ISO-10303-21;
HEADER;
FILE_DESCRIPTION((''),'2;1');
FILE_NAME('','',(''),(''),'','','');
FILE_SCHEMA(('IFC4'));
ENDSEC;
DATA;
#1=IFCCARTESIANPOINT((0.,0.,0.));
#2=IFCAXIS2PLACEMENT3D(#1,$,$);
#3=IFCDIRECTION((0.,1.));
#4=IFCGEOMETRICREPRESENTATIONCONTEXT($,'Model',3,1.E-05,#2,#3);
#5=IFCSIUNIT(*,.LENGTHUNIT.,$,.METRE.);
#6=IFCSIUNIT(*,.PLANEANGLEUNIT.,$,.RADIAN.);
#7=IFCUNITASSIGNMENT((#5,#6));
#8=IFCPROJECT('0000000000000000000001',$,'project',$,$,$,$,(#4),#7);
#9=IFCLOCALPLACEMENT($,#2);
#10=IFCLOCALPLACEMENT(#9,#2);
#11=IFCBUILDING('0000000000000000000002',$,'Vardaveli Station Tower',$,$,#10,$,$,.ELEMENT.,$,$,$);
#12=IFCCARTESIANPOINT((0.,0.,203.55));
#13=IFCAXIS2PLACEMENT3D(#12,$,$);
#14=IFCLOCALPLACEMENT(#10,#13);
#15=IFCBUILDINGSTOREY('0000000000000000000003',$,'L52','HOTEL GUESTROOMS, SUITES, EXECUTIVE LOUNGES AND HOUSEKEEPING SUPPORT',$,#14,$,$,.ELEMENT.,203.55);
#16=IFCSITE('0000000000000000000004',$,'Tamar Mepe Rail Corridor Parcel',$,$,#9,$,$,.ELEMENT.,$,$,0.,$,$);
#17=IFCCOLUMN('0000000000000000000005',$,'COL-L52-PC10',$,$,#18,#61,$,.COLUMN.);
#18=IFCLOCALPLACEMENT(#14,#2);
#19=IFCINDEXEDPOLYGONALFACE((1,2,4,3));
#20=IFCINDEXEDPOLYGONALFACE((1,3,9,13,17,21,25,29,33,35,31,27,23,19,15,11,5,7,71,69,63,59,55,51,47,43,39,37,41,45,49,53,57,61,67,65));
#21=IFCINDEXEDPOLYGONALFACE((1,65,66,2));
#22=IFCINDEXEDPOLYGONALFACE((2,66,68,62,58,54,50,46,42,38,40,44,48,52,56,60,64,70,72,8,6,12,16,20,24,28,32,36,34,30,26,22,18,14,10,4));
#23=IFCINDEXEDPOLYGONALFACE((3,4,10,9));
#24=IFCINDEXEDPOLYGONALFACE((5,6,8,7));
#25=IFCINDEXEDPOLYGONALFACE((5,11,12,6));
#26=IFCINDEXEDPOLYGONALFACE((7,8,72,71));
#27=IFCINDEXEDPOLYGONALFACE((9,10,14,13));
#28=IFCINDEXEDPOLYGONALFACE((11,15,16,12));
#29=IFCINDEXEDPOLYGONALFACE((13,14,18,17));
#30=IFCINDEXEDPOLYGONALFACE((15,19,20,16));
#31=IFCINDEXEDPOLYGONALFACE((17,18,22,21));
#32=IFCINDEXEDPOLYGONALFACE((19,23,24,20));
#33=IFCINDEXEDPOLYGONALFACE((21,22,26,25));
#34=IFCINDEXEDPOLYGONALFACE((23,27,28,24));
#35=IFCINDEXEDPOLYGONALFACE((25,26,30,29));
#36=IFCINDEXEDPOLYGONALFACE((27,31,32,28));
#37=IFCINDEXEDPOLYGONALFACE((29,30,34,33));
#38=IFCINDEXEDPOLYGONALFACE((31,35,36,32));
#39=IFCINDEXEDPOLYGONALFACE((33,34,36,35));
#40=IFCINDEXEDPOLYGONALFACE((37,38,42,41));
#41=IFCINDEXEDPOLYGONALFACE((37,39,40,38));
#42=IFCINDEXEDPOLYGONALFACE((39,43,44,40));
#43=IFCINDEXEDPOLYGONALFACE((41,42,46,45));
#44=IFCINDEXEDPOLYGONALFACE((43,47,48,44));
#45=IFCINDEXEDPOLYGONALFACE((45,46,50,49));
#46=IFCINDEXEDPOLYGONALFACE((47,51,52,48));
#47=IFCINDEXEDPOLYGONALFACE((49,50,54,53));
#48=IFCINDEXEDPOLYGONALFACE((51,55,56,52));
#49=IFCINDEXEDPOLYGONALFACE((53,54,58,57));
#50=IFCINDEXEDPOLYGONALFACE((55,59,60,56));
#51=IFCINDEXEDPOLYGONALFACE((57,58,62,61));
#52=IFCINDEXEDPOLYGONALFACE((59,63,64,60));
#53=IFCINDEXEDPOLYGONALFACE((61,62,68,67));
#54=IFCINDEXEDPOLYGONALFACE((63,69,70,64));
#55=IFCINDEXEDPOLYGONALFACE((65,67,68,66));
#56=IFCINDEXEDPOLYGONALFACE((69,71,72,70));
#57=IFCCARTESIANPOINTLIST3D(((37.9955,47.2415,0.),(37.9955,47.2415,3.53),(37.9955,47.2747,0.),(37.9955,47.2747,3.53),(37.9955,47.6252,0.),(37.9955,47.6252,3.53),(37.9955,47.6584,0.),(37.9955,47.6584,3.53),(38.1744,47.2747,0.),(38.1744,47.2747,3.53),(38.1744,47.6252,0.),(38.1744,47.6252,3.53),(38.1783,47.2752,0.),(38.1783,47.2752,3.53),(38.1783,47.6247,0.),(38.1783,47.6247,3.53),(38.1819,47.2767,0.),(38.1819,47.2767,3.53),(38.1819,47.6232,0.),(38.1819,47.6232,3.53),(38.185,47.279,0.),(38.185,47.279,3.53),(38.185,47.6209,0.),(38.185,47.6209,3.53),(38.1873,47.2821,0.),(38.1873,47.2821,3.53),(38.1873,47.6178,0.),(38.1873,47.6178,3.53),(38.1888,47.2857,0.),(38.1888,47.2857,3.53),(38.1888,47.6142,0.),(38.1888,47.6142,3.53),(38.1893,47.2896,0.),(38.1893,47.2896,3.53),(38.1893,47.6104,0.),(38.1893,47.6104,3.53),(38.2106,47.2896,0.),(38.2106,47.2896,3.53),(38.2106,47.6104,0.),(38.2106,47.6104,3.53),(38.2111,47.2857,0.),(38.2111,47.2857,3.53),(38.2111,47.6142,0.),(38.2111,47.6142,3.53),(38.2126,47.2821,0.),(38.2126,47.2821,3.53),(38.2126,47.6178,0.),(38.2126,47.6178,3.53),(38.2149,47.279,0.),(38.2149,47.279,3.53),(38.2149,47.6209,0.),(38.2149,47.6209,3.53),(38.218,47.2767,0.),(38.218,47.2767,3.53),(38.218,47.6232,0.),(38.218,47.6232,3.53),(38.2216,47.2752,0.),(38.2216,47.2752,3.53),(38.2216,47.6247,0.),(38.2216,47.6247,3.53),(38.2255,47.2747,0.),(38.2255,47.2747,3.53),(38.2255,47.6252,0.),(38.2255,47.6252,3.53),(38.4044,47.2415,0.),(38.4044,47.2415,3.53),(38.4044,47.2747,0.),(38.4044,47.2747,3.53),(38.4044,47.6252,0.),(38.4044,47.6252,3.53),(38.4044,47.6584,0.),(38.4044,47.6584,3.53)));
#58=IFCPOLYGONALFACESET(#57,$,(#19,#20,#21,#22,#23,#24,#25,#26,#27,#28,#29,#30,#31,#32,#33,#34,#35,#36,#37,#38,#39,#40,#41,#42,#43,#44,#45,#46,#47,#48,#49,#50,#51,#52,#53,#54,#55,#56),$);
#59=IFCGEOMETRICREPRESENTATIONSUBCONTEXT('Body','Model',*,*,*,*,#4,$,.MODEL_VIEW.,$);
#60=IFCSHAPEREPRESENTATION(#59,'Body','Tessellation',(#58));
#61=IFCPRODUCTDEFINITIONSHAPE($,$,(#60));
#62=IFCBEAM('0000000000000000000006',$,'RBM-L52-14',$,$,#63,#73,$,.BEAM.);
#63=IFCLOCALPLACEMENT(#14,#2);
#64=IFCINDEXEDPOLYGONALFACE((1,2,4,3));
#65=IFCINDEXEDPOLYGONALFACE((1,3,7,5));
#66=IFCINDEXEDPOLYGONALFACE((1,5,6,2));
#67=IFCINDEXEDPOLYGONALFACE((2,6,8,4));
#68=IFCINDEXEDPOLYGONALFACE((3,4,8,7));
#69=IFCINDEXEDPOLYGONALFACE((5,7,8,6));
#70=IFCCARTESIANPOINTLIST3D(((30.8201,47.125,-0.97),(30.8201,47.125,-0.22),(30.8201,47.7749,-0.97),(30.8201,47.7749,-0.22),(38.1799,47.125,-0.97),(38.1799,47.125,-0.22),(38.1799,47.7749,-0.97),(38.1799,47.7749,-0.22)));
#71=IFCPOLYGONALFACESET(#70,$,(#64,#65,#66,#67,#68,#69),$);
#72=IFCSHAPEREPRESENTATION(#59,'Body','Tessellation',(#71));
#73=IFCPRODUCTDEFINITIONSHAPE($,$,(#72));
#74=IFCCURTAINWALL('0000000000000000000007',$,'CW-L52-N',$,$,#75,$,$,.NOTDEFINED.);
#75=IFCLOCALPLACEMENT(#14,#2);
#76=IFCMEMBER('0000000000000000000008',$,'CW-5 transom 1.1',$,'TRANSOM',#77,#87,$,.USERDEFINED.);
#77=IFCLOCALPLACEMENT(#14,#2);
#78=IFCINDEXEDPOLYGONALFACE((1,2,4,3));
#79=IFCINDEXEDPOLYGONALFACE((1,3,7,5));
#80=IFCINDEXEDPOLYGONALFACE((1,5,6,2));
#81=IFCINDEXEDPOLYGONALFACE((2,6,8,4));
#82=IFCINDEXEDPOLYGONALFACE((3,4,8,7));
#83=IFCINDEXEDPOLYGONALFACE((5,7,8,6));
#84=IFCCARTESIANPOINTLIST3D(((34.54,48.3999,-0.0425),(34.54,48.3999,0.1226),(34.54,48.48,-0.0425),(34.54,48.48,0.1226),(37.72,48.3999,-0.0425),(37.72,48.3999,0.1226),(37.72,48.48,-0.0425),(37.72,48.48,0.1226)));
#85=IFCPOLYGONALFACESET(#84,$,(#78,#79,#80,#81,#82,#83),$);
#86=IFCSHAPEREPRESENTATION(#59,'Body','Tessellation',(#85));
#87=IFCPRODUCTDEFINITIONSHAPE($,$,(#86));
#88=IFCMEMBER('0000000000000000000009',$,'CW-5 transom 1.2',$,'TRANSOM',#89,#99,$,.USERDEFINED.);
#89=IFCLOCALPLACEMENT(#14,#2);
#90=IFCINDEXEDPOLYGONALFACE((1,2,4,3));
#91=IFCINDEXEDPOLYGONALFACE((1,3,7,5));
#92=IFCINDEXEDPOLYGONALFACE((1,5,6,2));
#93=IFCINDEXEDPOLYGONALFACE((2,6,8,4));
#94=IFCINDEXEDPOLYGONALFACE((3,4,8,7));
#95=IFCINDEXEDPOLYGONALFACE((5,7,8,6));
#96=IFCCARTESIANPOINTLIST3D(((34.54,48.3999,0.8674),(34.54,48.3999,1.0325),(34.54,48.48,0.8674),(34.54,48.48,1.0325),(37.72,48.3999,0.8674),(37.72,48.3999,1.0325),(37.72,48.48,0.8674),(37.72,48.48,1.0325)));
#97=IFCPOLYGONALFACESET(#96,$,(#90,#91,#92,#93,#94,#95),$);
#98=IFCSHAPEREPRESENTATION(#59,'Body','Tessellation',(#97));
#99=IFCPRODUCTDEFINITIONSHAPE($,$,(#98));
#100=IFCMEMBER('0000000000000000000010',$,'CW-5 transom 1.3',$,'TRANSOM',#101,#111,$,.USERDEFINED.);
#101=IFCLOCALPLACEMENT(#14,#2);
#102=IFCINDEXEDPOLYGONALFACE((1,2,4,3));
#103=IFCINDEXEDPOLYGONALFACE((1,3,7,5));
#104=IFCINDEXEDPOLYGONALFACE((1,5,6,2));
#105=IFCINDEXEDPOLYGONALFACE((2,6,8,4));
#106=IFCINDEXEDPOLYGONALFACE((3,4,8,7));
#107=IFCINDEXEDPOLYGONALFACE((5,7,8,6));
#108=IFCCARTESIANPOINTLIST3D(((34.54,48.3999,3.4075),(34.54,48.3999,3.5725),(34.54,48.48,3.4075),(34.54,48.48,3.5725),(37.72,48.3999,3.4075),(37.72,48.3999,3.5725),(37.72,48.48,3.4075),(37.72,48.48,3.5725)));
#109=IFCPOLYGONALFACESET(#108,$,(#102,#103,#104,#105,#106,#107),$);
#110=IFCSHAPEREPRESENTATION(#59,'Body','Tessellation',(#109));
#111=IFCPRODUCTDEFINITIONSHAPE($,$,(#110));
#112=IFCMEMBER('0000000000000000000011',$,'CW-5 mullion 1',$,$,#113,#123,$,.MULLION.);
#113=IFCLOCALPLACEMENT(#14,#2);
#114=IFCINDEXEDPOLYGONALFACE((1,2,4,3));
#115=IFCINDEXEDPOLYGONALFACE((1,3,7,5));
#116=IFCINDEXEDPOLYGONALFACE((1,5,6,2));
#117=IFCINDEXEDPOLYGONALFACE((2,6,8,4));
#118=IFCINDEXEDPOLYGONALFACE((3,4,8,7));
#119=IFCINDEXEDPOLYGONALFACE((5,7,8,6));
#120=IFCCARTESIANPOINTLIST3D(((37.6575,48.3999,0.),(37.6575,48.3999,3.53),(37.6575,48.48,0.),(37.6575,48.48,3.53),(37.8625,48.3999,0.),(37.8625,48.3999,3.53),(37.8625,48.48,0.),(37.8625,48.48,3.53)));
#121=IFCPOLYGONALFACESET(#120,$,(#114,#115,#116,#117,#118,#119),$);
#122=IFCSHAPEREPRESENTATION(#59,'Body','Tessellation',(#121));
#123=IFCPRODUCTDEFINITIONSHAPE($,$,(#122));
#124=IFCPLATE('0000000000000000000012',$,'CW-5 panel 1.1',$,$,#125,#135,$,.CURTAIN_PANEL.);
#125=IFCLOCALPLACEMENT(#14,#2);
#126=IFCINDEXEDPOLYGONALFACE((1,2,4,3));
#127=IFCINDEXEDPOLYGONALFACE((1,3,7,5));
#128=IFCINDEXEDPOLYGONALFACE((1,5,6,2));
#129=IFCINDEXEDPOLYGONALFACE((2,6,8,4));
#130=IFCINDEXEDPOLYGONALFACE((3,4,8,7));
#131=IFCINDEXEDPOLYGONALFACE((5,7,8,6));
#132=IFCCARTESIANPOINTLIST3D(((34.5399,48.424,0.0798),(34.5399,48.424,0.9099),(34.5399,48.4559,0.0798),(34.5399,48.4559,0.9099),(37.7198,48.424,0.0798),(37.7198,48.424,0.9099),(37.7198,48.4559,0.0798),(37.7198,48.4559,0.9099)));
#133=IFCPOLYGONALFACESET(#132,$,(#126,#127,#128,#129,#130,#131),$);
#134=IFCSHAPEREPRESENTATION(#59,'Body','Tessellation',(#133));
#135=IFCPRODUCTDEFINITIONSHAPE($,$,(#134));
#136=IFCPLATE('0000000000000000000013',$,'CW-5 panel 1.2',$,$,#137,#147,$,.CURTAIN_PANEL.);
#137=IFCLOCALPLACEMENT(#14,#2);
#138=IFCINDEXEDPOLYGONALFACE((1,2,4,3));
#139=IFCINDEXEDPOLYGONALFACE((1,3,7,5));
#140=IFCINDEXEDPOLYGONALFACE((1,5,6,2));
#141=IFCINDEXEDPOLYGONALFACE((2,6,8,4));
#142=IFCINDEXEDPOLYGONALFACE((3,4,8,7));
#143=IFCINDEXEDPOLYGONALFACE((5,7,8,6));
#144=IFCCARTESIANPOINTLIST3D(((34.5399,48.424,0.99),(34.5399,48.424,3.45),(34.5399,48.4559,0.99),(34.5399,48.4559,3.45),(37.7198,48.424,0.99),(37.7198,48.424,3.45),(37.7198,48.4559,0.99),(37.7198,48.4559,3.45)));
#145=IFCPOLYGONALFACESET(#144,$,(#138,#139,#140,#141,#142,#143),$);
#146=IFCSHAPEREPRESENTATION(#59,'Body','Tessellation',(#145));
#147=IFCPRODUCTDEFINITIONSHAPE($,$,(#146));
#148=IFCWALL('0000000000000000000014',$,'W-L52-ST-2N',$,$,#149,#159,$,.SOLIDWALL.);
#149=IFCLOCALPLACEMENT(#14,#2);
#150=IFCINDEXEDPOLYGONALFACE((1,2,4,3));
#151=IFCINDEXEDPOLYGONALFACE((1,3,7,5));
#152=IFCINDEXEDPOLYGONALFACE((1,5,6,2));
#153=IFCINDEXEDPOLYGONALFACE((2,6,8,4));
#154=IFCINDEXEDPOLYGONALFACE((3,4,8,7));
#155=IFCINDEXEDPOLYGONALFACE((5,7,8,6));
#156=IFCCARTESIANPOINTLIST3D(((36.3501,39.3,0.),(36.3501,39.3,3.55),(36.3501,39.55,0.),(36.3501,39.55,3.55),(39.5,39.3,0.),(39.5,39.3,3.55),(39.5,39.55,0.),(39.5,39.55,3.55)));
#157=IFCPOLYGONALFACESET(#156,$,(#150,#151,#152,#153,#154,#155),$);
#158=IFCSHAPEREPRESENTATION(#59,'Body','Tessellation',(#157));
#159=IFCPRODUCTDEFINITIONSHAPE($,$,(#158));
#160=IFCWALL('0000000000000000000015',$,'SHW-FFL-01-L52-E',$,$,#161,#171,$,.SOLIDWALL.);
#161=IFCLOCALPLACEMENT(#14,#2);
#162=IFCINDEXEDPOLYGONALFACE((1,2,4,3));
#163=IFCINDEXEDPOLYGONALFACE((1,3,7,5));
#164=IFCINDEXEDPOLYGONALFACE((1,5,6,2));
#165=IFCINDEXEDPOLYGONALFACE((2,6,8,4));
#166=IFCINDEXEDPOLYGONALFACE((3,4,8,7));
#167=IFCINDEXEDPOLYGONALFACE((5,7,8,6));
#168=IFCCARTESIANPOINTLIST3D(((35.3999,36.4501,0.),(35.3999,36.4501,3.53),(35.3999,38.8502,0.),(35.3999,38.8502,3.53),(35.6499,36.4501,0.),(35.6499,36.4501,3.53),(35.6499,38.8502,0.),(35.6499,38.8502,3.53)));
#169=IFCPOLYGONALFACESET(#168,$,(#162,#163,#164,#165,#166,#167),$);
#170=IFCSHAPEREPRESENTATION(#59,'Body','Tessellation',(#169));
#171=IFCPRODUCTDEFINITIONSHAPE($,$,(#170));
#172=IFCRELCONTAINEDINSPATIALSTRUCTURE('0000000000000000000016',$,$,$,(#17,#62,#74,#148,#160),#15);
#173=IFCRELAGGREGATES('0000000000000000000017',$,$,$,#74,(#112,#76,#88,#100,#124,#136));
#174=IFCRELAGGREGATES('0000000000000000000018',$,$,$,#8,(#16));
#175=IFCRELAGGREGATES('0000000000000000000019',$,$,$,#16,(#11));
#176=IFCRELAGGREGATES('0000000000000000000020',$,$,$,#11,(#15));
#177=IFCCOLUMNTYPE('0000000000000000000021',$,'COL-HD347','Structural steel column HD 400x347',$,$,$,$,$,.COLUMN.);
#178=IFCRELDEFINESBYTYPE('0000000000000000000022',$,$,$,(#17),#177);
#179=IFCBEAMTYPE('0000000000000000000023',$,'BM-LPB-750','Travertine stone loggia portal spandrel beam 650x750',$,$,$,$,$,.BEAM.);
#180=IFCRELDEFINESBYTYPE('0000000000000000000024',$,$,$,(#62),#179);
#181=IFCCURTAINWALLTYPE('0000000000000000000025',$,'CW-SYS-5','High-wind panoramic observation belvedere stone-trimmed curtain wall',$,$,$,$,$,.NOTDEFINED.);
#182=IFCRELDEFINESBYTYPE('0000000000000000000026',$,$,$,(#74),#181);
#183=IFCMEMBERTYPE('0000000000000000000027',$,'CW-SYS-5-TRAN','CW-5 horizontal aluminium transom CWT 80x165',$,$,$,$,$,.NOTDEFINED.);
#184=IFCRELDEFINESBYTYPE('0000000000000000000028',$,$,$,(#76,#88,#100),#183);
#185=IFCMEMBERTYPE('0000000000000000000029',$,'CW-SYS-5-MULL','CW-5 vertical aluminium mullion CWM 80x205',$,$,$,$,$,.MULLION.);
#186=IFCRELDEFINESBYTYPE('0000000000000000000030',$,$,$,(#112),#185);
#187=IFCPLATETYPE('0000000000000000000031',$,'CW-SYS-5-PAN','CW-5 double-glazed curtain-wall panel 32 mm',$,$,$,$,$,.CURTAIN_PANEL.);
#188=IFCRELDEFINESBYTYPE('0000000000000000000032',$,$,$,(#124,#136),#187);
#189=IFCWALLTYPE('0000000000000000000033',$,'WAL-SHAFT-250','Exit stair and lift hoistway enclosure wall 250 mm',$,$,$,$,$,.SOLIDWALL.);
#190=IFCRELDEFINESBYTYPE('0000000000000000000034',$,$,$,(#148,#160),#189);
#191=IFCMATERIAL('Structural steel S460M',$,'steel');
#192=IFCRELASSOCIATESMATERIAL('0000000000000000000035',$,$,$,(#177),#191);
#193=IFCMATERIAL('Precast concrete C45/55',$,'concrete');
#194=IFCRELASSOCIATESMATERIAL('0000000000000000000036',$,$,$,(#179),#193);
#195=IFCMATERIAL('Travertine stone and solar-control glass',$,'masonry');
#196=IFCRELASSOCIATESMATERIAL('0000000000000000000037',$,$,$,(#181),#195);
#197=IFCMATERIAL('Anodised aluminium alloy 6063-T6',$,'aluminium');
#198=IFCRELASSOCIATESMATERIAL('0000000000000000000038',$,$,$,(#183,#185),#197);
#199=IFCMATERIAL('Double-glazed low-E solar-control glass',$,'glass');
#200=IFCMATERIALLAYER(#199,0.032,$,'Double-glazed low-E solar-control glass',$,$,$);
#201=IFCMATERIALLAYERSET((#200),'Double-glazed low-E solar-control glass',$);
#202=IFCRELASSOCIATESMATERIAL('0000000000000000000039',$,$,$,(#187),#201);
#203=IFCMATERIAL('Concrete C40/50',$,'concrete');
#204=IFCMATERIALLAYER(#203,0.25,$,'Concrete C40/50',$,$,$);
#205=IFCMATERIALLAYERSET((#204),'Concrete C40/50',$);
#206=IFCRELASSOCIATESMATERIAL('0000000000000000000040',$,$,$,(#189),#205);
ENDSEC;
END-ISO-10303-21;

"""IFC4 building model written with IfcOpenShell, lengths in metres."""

from ifc_helpers import new_model, si_unit, direction, frame, frame_2d, origin, origin_2d, place, context, subcontext, project, spatial, rectangle, i_section, extrude, source, transform, mapped, material, layer, layer_set, material_profile, profile_set, type_object, element, aggregate, save


model = new_model("IFC4")

# Units and contexts
model_context = context("Model", 3, precision=1e-05, world=origin(), true_north=direction((0.0, 1.0)))
body_context = subcontext(model_context, "Body", "Model", "MODEL_VIEW")
ifc_project = project(units=[si_unit("LENGTHUNIT", "METRE"), si_unit("PLANEANGLEUNIT", "RADIAN")], contexts=[model_context])

# Site, building, storey
site_placement = place(None, origin())
site = spatial("IfcSite", under=ifc_project, at=site_placement, Name="Tamar Mepe Rail Corridor Parcel", CompositionType="ELEMENT", RefElevation=0.0)
building_placement = place(site_placement, origin())
building = spatial("IfcBuilding", under=site, at=building_placement, Name="Vardaveli Station Tower", CompositionType="ELEMENT")
storey_placement = place(building_placement, frame((0.0, 0.0, 203.55)))
storey = spatial("IfcBuildingStorey", under=building, at=storey_placement, Name="L52", Description="HOTEL GUESTROOMS, SUITES, EXECUTIVE LOUNGES AND HOUSEKEEPING SUPPORT", CompositionType="ELEMENT", Elevation=203.55)

# Column
ifc_material_1 = material(Name="Structural steel S460M", Category="steel")
ifc_material_profile_1 = material_profile(ifc_material_1, i_section(OverallWidth=0.4089, OverallDepth=0.417, WebThickness=0.0212, FlangeThickness=0.0332, FilletRadius=0.0149, at=origin_2d()), Name="HD 400x347")
ifc_profile_set_1 = profile_set([ifc_material_profile_1], Name="Structural steel S460M")
column_type = type_object("IfcColumnType", Name="COL-HD347", Description="Structural steel column HD 400x347", PredefinedType="COLUMN", material=ifc_profile_set_1)
shared_shape_1 = source(origin(), body_context, "Body", "SweptSolid", [
    extrude(i_section(OverallWidth=0.4089, OverallDepth=0.417, WebThickness=0.0212, FlangeThickness=0.0332, FilletRadius=0.0149, at=origin_2d()), origin(), (0.0, 0.0, 1.0), 3.53),
])
column_placement = place(storey_placement, frame((38.2, 47.45, 0.0), z_axis=(0.0, 0.0, 1.0), x_axis=(1.0, 0.0, 0.0)))
element("IfcColumn", 1, at=column_placement, inside=storey, type_object=column_type, Name="COL-L52-PC10", PredefinedType="COLUMN", context=body_context, shape_type="MappedRepresentation", body=[
    mapped(shared_shape_1, transform((0.0, 0.0, 0.0), scale=1.0)),
])

# Beam
ifc_material_2 = material(Name="Precast concrete C45/55", Category="concrete")
ifc_material_profile_2 = material_profile(ifc_material_2, rectangle(XDim=0.6499, YDim=0.75, at=origin_2d()), Name="LPB 650x750")
ifc_profile_set_2 = profile_set([ifc_material_profile_2], Name="Precast concrete C45/55")
beam_type = type_object("IfcBeamType", Name="BM-LPB-750", Description="Travertine stone loggia portal spandrel beam 650x750", PredefinedType="BEAM", material=ifc_profile_set_2)
shared_shape_2 = source(origin(), body_context, "Body", "SweptSolid", [
    extrude(rectangle(XDim=0.6499, YDim=0.75, at=origin_2d()), origin(), (0.0, 0.0, 1.0), 7.3599),
])
beam_placement = place(storey_placement, frame((38.1799, 47.45, -0.595), z_axis=(-1.0, 0.0, 0.0), x_axis=(0.0, -1.0, 0.0)))
element("IfcBeam", 2, at=beam_placement, inside=storey, type_object=beam_type, Name="RBM-L52-14", PredefinedType="BEAM", context=body_context, shape_type="MappedRepresentation", body=[
    mapped(shared_shape_2, transform((0.0, 0.0, 0.0), scale=1.0)),
])

# Curtain wall, members, plates
ifc_material_3 = material(Name="Travertine stone and solar-control glass", Category="masonry")
curtain_wall_type = type_object("IfcCurtainWallType", Name="CW-SYS-5", Description="High-wind panoramic observation belvedere stone-trimmed curtain wall", PredefinedType="NOTDEFINED", material=ifc_material_3)
curtain_wall_placement = place(storey_placement, origin())
curtain_wall = element("IfcCurtainWall", 3, at=curtain_wall_placement, inside=storey, type_object=curtain_wall_type, Name="CW-L52-N", PredefinedType="NOTDEFINED")
ifc_material_4 = material(Name="Anodised aluminium alloy 6063-T6", Category="aluminium")
ifc_material_profile_3 = material_profile(ifc_material_4, rectangle(XDim=0.0801, YDim=0.165, at=origin_2d()), Name="CWT 80x165")
ifc_profile_set_3 = profile_set([ifc_material_profile_3], Name="Anodised aluminium alloy 6063-T6")
member_type_1 = type_object("IfcMemberType", Name="CW-SYS-5-TRAN", Description="CW-5 horizontal aluminium transom CWT 80x165", PredefinedType="NOTDEFINED", material=ifc_profile_set_3)
shared_shape_3 = source(origin(), body_context, "Body", "SweptSolid", [
    extrude(rectangle(XDim=0.0801, YDim=0.165, at=origin_2d()), origin(), (0.0, 0.0, 1.0), 3.1799),
])
member_1_placement = place(storey_placement, frame((37.72, 48.4399, 0.04), z_axis=(-1.0, 0.0, 0.0), x_axis=(0.0, -1.0, 0.0)))
member_1 = element("IfcMember", 4, at=member_1_placement, type_object=member_type_1, Name="CW-5 transom 1.1", ObjectType="TRANSOM", PredefinedType="USERDEFINED", context=body_context, shape_type="MappedRepresentation", body=[
    mapped(shared_shape_3, transform((0.0, 0.0, 0.0), scale=1.0)),
])
member_2_placement = place(storey_placement, frame((37.72, 48.4399, 0.95), z_axis=(-1.0, 0.0, 0.0), x_axis=(0.0, -1.0, 0.0)))
member_2 = element("IfcMember", 5, at=member_2_placement, type_object=member_type_1, Name="CW-5 transom 1.2", ObjectType="TRANSOM", PredefinedType="USERDEFINED", context=body_context, shape_type="MappedRepresentation", body=[
    mapped(shared_shape_3, transform((0.0, 0.0, 0.0), scale=1.0)),
])
member_3_placement = place(storey_placement, frame((37.72, 48.4399, 3.49), z_axis=(-1.0, 0.0, 0.0), x_axis=(0.0, -1.0, 0.0)))
member_3 = element("IfcMember", 6, at=member_3_placement, type_object=member_type_1, Name="CW-5 transom 1.3", ObjectType="TRANSOM", PredefinedType="USERDEFINED", context=body_context, shape_type="MappedRepresentation", body=[
    mapped(shared_shape_3, transform((0.0, 0.0, 0.0), scale=1.0)),
])
ifc_material_profile_4 = material_profile(ifc_material_4, rectangle(XDim=0.0801, YDim=0.2051, at=origin_2d()), Name="CWM 80x205")
ifc_profile_set_4 = profile_set([ifc_material_profile_4], Name="Anodised aluminium alloy 6063-T6")
member_type_2 = type_object("IfcMemberType", Name="CW-SYS-5-MULL", Description="CW-5 vertical aluminium mullion CWM 80x205", PredefinedType="MULLION", material=ifc_profile_set_4)
shared_shape_4 = source(origin(), body_context, "Body", "SweptSolid", [
    extrude(rectangle(XDim=0.0801, YDim=0.2051, at=origin_2d()), origin(), (0.0, 0.0, 1.0), 3.53),
])
member_4_placement = place(storey_placement, frame((37.76, 48.4399, 0.0), z_axis=(0.0, 0.0, 1.0), x_axis=(0.0, -1.0, 0.0)))
member_4 = element("IfcMember", 7, at=member_4_placement, type_object=member_type_2, Name="CW-5 mullion 1", PredefinedType="MULLION", context=body_context, shape_type="MappedRepresentation", body=[
    mapped(shared_shape_4, transform((0.0, 0.0, 0.0), scale=1.0)),
])
ifc_material_5 = material(Name="Double-glazed low-E solar-control glass", Category="glass")
ifc_layer_1 = layer(ifc_material_5, 0.032, Name="Double-glazed low-E solar-control glass")
ifc_layer_set_1 = layer_set([ifc_layer_1], Name="Double-glazed low-E solar-control glass")
plate_type = type_object("IfcPlateType", Name="CW-SYS-5-PAN", Description="CW-5 double-glazed curtain-wall panel 32 mm", PredefinedType="CURTAIN_PANEL", material=ifc_layer_set_1)
shared_shape_5 = source(origin(), body_context, "Body", "SweptSolid", [
    extrude(rectangle(XDim=3.1799, YDim=0.032, at=origin_2d()), origin(), (0.0, 0.0, 1.0), 0.8301),
])
plate_1_placement = place(storey_placement, frame((36.1299, 48.4399, 0.0798), z_axis=(0.0, 0.0, 1.0), x_axis=(-1.0, 0.0, 0.0)))
plate_1 = element("IfcPlate", 8, at=plate_1_placement, type_object=plate_type, Name="CW-5 panel 1.1", PredefinedType="CURTAIN_PANEL", context=body_context, shape_type="MappedRepresentation", body=[
    mapped(shared_shape_5, transform((0.0, 0.0, 0.0), scale=1.0)),
])
shared_shape_6 = source(origin(), body_context, "Body", "SweptSolid", [
    extrude(rectangle(XDim=3.1799, YDim=0.032, at=origin_2d()), origin(), (0.0, 0.0, 1.0), 2.46),
])
plate_2_placement = place(storey_placement, frame((36.1299, 48.4399, 0.99), z_axis=(0.0, 0.0, 1.0), x_axis=(-1.0, 0.0, 0.0)))
plate_2 = element("IfcPlate", 9, at=plate_2_placement, type_object=plate_type, Name="CW-5 panel 1.2", PredefinedType="CURTAIN_PANEL", context=body_context, shape_type="MappedRepresentation", body=[
    mapped(shared_shape_6, transform((0.0, 0.0, 0.0), scale=1.0)),
])
aggregate(curtain_wall, [member_4, member_1, member_2, member_3, plate_1, plate_2])

# Walls
ifc_material_6 = material(Name="Concrete C40/50", Category="concrete")
ifc_layer_2 = layer(ifc_material_6, 0.25, Name="Concrete C40/50")
ifc_layer_set_2 = layer_set([ifc_layer_2], Name="Concrete C40/50")
wall_type_1 = type_object("IfcWallType", Name="WAL-SHAFT-250", Description="Exit stair and lift hoistway enclosure wall 250 mm", PredefinedType="SOLIDWALL", material=ifc_layer_set_2)
shared_shape_7 = source(origin(), body_context, "Body", "SweptSolid", [
    extrude(rectangle(XDim=3.1499, YDim=0.25, at=frame_2d((1.575, 0.0))), origin(), (0.0, 0.0, 1.0), 3.55),
])
wall_1_placement = place(storey_placement, frame((36.3501, 39.425, 0.0), z_axis=(0.0, 0.0, 1.0), x_axis=(1.0, 0.0, 0.0)))
element("IfcWall", 10, at=wall_1_placement, inside=storey, type_object=wall_type_1, Name="W-L52-ST-2N", PredefinedType="SOLIDWALL", context=body_context, shape_type="MappedRepresentation", body=[
    mapped(shared_shape_7, transform((0.0, 0.0, 0.0), scale=1.0)),
])
shared_shape_8 = source(origin(), body_context, "Body", "SweptSolid", [
    extrude(rectangle(XDim=2.4001, YDim=0.25, at=frame_2d((1.2002, 0.0))), origin(), (0.0, 0.0, 1.0), 3.53),
])
for number, where, z_axis, x_axis, name in (
    (11, (35.5249, 36.45, 0.0), (0.0, 0.0, 1.0), (0.0, 1.0, 0.0), "SHW-FFL-01-L52-E"),
):
    element("IfcWall", number, at=place(storey_placement, frame(where, z_axis=z_axis, x_axis=x_axis)), inside=storey, type_object=wall_type_1, Name=name, PredefinedType="SOLIDWALL", context=body_context, shape_type="MappedRepresentation", body=[
        mapped(shared_shape_8, transform((0.0, 0.0, 0.0), scale=1.0)),
    ])

save(model, "model.ifc")
